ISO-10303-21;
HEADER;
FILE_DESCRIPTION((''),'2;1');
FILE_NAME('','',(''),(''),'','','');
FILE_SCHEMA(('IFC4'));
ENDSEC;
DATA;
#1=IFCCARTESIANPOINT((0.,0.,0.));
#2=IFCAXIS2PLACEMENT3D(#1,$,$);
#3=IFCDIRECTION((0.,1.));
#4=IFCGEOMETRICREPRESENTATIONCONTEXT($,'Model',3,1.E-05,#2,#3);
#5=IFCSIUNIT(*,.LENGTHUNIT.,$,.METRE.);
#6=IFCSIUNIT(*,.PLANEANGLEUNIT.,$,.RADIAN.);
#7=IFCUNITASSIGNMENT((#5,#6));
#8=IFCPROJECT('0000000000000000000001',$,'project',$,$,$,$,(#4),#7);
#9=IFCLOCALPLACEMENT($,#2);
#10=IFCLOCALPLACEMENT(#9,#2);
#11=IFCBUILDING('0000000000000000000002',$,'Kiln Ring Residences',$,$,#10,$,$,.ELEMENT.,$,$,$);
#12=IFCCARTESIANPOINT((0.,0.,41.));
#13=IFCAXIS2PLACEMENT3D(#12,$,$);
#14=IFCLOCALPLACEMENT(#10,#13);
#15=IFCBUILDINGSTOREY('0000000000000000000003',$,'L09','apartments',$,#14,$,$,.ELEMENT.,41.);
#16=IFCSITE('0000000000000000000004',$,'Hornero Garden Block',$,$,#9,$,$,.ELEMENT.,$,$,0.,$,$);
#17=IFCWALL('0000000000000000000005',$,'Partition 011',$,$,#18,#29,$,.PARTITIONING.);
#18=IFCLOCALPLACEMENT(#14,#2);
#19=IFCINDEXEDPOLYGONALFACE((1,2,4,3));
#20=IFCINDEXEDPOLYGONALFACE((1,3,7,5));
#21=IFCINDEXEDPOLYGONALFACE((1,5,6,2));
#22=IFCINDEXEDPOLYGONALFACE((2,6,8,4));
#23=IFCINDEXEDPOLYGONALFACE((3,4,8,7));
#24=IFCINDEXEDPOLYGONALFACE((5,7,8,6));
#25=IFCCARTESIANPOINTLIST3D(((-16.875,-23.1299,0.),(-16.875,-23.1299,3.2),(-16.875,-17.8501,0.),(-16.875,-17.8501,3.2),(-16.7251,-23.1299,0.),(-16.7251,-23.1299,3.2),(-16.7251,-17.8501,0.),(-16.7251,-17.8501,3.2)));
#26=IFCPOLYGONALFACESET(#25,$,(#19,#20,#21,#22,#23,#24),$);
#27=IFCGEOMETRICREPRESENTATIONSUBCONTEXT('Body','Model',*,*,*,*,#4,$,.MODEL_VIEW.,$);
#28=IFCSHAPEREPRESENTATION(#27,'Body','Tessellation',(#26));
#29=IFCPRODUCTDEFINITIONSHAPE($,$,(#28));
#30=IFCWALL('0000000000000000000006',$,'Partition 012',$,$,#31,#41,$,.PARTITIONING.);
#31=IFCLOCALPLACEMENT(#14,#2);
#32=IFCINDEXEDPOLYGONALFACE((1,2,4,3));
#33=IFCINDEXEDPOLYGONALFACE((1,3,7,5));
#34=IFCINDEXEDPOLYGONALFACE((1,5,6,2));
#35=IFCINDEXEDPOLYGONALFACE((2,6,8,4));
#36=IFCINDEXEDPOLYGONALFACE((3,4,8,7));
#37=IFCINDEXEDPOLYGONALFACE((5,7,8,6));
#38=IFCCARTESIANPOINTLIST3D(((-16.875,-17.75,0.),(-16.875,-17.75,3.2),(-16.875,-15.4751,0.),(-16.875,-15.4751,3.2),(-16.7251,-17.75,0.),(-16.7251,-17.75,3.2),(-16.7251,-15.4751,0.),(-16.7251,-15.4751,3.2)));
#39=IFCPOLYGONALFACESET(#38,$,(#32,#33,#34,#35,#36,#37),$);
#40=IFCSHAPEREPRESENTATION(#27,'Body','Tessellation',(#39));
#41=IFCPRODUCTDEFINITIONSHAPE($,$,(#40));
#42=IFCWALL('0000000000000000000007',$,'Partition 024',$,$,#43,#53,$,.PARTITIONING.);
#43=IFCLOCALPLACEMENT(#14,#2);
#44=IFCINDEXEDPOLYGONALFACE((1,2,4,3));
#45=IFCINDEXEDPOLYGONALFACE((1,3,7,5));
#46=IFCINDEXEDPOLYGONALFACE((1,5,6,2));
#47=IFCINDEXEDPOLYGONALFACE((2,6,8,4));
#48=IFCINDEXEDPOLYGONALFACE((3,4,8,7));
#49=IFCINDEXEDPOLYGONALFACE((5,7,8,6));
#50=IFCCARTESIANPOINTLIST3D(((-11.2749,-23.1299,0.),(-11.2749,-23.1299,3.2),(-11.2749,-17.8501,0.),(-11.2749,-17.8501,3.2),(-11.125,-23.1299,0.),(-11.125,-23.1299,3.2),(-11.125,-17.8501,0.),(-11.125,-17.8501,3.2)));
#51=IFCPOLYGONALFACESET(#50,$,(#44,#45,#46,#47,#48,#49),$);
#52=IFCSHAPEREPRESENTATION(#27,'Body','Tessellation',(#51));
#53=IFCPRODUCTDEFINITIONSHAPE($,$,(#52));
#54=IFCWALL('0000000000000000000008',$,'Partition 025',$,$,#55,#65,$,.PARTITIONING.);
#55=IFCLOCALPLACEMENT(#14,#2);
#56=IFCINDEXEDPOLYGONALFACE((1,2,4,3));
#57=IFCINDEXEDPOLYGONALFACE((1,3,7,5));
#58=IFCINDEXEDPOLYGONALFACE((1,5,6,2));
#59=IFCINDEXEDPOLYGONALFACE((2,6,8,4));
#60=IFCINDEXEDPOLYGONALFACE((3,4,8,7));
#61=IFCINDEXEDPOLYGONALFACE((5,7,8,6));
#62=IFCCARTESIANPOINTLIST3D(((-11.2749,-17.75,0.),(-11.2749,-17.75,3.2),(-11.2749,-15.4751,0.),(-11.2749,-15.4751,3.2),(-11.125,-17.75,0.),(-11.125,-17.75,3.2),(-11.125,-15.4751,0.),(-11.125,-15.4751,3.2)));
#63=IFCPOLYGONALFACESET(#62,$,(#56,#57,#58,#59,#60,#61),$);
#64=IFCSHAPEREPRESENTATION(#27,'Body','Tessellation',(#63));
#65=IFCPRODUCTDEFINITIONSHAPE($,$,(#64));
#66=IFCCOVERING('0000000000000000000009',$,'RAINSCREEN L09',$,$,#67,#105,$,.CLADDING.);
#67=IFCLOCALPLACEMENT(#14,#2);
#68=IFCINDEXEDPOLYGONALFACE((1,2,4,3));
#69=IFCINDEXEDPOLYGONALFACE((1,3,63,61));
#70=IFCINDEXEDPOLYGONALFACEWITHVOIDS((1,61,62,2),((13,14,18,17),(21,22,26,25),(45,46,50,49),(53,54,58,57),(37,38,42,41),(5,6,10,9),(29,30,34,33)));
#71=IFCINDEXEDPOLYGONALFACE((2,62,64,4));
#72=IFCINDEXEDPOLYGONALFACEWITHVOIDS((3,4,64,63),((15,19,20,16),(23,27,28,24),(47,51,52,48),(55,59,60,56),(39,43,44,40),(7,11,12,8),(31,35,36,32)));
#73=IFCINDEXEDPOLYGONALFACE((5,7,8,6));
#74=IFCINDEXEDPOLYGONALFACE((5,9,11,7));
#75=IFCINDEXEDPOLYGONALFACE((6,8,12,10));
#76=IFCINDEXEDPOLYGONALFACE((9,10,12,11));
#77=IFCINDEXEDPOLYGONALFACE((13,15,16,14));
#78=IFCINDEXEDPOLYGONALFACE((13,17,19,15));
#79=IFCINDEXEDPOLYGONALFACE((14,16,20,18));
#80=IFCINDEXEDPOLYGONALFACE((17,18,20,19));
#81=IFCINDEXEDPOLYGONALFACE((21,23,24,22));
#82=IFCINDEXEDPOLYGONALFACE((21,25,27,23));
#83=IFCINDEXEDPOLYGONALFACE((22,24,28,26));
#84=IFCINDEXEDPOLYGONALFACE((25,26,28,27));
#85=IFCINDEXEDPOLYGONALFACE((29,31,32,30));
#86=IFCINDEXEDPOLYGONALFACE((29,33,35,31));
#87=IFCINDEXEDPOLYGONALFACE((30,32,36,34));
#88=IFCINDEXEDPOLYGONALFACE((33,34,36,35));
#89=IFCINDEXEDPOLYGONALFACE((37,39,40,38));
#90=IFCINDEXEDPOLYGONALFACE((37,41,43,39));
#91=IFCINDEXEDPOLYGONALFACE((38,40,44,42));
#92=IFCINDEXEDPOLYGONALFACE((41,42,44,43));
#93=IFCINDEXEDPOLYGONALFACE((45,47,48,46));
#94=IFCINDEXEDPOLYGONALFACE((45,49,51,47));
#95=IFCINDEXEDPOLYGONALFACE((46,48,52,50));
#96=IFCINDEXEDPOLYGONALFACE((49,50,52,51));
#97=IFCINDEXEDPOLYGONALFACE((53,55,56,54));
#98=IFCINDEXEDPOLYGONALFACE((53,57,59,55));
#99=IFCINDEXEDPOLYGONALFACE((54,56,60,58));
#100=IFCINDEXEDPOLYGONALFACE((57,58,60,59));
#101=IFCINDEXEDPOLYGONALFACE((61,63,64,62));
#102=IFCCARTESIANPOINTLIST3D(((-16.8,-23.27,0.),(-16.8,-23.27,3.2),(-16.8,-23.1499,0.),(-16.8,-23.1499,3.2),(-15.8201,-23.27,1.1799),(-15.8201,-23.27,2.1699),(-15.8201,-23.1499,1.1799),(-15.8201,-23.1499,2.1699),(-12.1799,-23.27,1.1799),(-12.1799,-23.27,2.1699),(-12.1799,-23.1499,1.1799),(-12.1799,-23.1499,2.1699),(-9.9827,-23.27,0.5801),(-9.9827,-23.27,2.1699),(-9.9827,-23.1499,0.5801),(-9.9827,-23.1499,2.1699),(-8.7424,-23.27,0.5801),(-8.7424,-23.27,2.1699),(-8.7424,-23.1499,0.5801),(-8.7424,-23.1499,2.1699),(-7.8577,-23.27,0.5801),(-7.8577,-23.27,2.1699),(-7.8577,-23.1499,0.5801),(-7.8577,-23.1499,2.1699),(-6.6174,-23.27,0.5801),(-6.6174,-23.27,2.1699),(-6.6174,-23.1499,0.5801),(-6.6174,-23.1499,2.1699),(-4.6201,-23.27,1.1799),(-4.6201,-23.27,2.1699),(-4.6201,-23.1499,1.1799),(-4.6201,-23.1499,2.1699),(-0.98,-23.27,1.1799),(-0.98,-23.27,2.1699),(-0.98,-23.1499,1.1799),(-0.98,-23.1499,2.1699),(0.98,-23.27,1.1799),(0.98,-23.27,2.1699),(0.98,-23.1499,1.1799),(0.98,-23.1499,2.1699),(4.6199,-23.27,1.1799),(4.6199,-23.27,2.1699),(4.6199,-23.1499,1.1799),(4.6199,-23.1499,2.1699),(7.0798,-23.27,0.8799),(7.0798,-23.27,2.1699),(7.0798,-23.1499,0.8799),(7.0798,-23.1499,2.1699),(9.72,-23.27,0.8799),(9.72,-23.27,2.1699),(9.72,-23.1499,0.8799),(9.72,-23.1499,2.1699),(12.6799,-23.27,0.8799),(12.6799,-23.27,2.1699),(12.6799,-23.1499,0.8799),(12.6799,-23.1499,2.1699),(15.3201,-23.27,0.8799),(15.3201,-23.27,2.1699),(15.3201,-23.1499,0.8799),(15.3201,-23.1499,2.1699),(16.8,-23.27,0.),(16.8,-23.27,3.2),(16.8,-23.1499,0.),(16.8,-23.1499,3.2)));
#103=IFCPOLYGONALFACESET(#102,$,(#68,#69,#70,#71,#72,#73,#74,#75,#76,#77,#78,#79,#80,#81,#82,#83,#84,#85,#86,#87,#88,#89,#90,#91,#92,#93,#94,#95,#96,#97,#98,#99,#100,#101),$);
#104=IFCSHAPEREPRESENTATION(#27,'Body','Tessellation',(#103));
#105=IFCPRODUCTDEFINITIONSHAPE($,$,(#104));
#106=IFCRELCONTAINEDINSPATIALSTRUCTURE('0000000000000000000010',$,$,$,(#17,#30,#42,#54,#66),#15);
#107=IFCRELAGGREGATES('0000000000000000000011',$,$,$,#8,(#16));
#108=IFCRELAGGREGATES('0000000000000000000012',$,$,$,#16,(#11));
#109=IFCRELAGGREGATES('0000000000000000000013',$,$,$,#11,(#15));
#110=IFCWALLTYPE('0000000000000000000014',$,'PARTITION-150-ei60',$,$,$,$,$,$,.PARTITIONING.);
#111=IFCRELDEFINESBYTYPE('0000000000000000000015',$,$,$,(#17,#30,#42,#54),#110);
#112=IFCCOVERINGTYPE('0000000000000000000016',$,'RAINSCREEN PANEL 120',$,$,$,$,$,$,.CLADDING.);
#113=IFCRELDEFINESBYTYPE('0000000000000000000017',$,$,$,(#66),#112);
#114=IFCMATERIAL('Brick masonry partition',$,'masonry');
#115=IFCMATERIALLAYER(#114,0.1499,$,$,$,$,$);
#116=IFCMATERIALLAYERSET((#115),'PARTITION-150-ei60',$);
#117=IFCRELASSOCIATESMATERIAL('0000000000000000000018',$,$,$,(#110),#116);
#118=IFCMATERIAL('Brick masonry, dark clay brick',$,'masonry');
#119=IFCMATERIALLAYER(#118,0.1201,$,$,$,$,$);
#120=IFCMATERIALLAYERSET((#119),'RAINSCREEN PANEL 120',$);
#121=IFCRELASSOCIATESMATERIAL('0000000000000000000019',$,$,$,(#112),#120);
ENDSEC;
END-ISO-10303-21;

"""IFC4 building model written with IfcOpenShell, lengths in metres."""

from ifc_helpers import new_model, si_unit, direction, frame, frame_2d, origin, place, context, subcontext, project, spatial, polyline, rectangle, outline, extrude, material, layer, layer_set, type_object, element, save


model = new_model("IFC4")

# Units and contexts
model_context = context("Model", 3, precision=1e-05, world=origin(), true_north=direction((0.0, 1.0)))
body_context = subcontext(model_context, "Body", "Model", "MODEL_VIEW")
ifc_project = project(units=[si_unit("LENGTHUNIT", "METRE"), si_unit("PLANEANGLEUNIT", "RADIAN")], contexts=[model_context])

# Site, building, storey
site_placement = place(None, origin())
site = spatial("IfcSite", under=ifc_project, at=site_placement, Name="Hornero Garden Block", CompositionType="ELEMENT", RefElevation=0.0)
building_placement = place(site_placement, origin())
building = spatial("IfcBuilding", under=site, at=building_placement, Name="Kiln Ring Residences", CompositionType="ELEMENT")
storey_placement = place(building_placement, frame((0.0, 0.0, 41.0)))
storey = spatial("IfcBuildingStorey", under=building, at=storey_placement, Name="L09", Description="apartments", CompositionType="ELEMENT", Elevation=41.0)

# Walls
ifc_material_1 = material(Name="Brick masonry partition", Category="masonry")
ifc_layer_1 = layer(ifc_material_1, 0.1499)
ifc_layer_set_1 = layer_set([ifc_layer_1], Name="PARTITION-150-ei60")
wall_type_1 = type_object("IfcWallType", Name="PARTITION-150-ei60", PredefinedType="PARTITIONING", material=ifc_layer_set_1)
wall_1_placement = place(storey_placement, frame((-16.8, -23.1299, 0.0), z_axis=(0.0, 0.0, 1.0), x_axis=(0.0, 1.0, 0.0)))
element("IfcWall", 1, at=wall_1_placement, inside=storey, type_object=wall_type_1, Name="Partition 011", PredefinedType="PARTITIONING", context=body_context, shape_type="SweptSolid", body=[
    extrude(rectangle(XDim=5.2798, YDim=0.1499, at=frame_2d((2.6399, 0.0))), origin(), (0.0, 0.0, 1.0), 3.2),
])
wall_2_placement = place(storey_placement, frame((-16.8, -17.75, 0.0), z_axis=(0.0, 0.0, 1.0), x_axis=(0.0, 1.0, 0.0)))
element("IfcWall", 2, at=wall_2_placement, inside=storey, type_object=wall_type_1, Name="Partition 012", PredefinedType="PARTITIONING", context=body_context, shape_type="SweptSolid", body=[
    extrude(rectangle(XDim=2.2749, YDim=0.1499, at=frame_2d((1.1375, 0.0))), origin(), (0.0, 0.0, 1.0), 3.2),
])
wall_3_placement = place(storey_placement, frame((-11.2, -23.1299, 0.0), z_axis=(0.0, 0.0, 1.0), x_axis=(0.0, 1.0, 0.0)))
element("IfcWall", 3, at=wall_3_placement, inside=storey, type_object=wall_type_1, Name="Partition 024", PredefinedType="PARTITIONING", context=body_context, shape_type="SweptSolid", body=[
    extrude(rectangle(XDim=5.2798, YDim=0.1499, at=frame_2d((2.6399, 0.0))), origin(), (0.0, 0.0, 1.0), 3.2),
])
wall_4_placement = place(storey_placement, frame((-11.2, -17.75, 0.0), z_axis=(0.0, 0.0, 1.0), x_axis=(0.0, 1.0, 0.0)))
element("IfcWall", 4, at=wall_4_placement, inside=storey, type_object=wall_type_1, Name="Partition 025", PredefinedType="PARTITIONING", context=body_context, shape_type="SweptSolid", body=[
    extrude(rectangle(XDim=2.2749, YDim=0.1499, at=frame_2d((1.1375, 0.0))), origin(), (0.0, 0.0, 1.0), 3.2),
])

# Covering
ifc_material_2 = material(Name="Brick masonry, dark clay brick", Category="masonry")
ifc_layer_2 = layer(ifc_material_2, 0.1201)
ifc_layer_set_2 = layer_set([ifc_layer_2], Name="RAINSCREEN PANEL 120")
covering_type = type_object("IfcCoveringType", Name="RAINSCREEN PANEL 120", PredefinedType="CLADDING", material=ifc_layer_set_2)
covering_placement = place(storey_placement, frame((-16.8, -23.21, 0.0), z_axis=(0.0, 0.0, 1.0), x_axis=(1.0, 0.0, 0.0)))
element("IfcCovering", 5, at=covering_placement, inside=storey, type_object=covering_type, Name="RAINSCREEN L09", PredefinedType="CLADDING", context=body_context, shape_type="SweptSolid", body=[
    extrude(outline(polyline([(0.0, 0.0), (33.6001, 0.0), (33.6001, 3.2), (0.0, 3.2), (0.0, 0.0)]), holes=[polyline([(8.0576, 0.5801), (8.0576, 2.1699), (6.8174, 2.1699), (6.8174, 0.5801), (8.0576, 0.5801)]), polyline([(8.9424, 0.5801), (10.1826, 0.5801), (10.1826, 2.1699), (8.9424, 2.1699), (8.9424, 0.5801)]), polyline([(23.8799, 0.8799), (26.52, 0.8799), (26.52, 2.1699), (23.8799, 2.1699), (23.8799, 0.8799)]), polyline([(29.48, 0.8799), (32.1201, 0.8799), (32.1201, 2.1699), (29.48, 2.1699), (29.48, 0.8799)]), polyline([(0.98, 1.1799), (4.6201, 1.1799), (4.6201, 2.1699), (0.98, 2.1699), (0.98, 1.1799)]), polyline([(12.1799, 1.1799), (15.8201, 1.1799), (15.8201, 2.1699), (12.1799, 2.1699), (12.1799, 1.1799)]), polyline([(17.78, 1.1799), (21.4199, 1.1799), (21.4199, 2.1699), (17.78, 2.1699), (17.78, 1.1799)])]), frame((0.0, 0.0601, 0.0), z_axis=(0.0, -1.0, 0.0), x_axis=(1.0, 0.0, 0.0)), (0.0, 0.0, 1.0), 0.1201),
])

save(model, "model.ifc")
